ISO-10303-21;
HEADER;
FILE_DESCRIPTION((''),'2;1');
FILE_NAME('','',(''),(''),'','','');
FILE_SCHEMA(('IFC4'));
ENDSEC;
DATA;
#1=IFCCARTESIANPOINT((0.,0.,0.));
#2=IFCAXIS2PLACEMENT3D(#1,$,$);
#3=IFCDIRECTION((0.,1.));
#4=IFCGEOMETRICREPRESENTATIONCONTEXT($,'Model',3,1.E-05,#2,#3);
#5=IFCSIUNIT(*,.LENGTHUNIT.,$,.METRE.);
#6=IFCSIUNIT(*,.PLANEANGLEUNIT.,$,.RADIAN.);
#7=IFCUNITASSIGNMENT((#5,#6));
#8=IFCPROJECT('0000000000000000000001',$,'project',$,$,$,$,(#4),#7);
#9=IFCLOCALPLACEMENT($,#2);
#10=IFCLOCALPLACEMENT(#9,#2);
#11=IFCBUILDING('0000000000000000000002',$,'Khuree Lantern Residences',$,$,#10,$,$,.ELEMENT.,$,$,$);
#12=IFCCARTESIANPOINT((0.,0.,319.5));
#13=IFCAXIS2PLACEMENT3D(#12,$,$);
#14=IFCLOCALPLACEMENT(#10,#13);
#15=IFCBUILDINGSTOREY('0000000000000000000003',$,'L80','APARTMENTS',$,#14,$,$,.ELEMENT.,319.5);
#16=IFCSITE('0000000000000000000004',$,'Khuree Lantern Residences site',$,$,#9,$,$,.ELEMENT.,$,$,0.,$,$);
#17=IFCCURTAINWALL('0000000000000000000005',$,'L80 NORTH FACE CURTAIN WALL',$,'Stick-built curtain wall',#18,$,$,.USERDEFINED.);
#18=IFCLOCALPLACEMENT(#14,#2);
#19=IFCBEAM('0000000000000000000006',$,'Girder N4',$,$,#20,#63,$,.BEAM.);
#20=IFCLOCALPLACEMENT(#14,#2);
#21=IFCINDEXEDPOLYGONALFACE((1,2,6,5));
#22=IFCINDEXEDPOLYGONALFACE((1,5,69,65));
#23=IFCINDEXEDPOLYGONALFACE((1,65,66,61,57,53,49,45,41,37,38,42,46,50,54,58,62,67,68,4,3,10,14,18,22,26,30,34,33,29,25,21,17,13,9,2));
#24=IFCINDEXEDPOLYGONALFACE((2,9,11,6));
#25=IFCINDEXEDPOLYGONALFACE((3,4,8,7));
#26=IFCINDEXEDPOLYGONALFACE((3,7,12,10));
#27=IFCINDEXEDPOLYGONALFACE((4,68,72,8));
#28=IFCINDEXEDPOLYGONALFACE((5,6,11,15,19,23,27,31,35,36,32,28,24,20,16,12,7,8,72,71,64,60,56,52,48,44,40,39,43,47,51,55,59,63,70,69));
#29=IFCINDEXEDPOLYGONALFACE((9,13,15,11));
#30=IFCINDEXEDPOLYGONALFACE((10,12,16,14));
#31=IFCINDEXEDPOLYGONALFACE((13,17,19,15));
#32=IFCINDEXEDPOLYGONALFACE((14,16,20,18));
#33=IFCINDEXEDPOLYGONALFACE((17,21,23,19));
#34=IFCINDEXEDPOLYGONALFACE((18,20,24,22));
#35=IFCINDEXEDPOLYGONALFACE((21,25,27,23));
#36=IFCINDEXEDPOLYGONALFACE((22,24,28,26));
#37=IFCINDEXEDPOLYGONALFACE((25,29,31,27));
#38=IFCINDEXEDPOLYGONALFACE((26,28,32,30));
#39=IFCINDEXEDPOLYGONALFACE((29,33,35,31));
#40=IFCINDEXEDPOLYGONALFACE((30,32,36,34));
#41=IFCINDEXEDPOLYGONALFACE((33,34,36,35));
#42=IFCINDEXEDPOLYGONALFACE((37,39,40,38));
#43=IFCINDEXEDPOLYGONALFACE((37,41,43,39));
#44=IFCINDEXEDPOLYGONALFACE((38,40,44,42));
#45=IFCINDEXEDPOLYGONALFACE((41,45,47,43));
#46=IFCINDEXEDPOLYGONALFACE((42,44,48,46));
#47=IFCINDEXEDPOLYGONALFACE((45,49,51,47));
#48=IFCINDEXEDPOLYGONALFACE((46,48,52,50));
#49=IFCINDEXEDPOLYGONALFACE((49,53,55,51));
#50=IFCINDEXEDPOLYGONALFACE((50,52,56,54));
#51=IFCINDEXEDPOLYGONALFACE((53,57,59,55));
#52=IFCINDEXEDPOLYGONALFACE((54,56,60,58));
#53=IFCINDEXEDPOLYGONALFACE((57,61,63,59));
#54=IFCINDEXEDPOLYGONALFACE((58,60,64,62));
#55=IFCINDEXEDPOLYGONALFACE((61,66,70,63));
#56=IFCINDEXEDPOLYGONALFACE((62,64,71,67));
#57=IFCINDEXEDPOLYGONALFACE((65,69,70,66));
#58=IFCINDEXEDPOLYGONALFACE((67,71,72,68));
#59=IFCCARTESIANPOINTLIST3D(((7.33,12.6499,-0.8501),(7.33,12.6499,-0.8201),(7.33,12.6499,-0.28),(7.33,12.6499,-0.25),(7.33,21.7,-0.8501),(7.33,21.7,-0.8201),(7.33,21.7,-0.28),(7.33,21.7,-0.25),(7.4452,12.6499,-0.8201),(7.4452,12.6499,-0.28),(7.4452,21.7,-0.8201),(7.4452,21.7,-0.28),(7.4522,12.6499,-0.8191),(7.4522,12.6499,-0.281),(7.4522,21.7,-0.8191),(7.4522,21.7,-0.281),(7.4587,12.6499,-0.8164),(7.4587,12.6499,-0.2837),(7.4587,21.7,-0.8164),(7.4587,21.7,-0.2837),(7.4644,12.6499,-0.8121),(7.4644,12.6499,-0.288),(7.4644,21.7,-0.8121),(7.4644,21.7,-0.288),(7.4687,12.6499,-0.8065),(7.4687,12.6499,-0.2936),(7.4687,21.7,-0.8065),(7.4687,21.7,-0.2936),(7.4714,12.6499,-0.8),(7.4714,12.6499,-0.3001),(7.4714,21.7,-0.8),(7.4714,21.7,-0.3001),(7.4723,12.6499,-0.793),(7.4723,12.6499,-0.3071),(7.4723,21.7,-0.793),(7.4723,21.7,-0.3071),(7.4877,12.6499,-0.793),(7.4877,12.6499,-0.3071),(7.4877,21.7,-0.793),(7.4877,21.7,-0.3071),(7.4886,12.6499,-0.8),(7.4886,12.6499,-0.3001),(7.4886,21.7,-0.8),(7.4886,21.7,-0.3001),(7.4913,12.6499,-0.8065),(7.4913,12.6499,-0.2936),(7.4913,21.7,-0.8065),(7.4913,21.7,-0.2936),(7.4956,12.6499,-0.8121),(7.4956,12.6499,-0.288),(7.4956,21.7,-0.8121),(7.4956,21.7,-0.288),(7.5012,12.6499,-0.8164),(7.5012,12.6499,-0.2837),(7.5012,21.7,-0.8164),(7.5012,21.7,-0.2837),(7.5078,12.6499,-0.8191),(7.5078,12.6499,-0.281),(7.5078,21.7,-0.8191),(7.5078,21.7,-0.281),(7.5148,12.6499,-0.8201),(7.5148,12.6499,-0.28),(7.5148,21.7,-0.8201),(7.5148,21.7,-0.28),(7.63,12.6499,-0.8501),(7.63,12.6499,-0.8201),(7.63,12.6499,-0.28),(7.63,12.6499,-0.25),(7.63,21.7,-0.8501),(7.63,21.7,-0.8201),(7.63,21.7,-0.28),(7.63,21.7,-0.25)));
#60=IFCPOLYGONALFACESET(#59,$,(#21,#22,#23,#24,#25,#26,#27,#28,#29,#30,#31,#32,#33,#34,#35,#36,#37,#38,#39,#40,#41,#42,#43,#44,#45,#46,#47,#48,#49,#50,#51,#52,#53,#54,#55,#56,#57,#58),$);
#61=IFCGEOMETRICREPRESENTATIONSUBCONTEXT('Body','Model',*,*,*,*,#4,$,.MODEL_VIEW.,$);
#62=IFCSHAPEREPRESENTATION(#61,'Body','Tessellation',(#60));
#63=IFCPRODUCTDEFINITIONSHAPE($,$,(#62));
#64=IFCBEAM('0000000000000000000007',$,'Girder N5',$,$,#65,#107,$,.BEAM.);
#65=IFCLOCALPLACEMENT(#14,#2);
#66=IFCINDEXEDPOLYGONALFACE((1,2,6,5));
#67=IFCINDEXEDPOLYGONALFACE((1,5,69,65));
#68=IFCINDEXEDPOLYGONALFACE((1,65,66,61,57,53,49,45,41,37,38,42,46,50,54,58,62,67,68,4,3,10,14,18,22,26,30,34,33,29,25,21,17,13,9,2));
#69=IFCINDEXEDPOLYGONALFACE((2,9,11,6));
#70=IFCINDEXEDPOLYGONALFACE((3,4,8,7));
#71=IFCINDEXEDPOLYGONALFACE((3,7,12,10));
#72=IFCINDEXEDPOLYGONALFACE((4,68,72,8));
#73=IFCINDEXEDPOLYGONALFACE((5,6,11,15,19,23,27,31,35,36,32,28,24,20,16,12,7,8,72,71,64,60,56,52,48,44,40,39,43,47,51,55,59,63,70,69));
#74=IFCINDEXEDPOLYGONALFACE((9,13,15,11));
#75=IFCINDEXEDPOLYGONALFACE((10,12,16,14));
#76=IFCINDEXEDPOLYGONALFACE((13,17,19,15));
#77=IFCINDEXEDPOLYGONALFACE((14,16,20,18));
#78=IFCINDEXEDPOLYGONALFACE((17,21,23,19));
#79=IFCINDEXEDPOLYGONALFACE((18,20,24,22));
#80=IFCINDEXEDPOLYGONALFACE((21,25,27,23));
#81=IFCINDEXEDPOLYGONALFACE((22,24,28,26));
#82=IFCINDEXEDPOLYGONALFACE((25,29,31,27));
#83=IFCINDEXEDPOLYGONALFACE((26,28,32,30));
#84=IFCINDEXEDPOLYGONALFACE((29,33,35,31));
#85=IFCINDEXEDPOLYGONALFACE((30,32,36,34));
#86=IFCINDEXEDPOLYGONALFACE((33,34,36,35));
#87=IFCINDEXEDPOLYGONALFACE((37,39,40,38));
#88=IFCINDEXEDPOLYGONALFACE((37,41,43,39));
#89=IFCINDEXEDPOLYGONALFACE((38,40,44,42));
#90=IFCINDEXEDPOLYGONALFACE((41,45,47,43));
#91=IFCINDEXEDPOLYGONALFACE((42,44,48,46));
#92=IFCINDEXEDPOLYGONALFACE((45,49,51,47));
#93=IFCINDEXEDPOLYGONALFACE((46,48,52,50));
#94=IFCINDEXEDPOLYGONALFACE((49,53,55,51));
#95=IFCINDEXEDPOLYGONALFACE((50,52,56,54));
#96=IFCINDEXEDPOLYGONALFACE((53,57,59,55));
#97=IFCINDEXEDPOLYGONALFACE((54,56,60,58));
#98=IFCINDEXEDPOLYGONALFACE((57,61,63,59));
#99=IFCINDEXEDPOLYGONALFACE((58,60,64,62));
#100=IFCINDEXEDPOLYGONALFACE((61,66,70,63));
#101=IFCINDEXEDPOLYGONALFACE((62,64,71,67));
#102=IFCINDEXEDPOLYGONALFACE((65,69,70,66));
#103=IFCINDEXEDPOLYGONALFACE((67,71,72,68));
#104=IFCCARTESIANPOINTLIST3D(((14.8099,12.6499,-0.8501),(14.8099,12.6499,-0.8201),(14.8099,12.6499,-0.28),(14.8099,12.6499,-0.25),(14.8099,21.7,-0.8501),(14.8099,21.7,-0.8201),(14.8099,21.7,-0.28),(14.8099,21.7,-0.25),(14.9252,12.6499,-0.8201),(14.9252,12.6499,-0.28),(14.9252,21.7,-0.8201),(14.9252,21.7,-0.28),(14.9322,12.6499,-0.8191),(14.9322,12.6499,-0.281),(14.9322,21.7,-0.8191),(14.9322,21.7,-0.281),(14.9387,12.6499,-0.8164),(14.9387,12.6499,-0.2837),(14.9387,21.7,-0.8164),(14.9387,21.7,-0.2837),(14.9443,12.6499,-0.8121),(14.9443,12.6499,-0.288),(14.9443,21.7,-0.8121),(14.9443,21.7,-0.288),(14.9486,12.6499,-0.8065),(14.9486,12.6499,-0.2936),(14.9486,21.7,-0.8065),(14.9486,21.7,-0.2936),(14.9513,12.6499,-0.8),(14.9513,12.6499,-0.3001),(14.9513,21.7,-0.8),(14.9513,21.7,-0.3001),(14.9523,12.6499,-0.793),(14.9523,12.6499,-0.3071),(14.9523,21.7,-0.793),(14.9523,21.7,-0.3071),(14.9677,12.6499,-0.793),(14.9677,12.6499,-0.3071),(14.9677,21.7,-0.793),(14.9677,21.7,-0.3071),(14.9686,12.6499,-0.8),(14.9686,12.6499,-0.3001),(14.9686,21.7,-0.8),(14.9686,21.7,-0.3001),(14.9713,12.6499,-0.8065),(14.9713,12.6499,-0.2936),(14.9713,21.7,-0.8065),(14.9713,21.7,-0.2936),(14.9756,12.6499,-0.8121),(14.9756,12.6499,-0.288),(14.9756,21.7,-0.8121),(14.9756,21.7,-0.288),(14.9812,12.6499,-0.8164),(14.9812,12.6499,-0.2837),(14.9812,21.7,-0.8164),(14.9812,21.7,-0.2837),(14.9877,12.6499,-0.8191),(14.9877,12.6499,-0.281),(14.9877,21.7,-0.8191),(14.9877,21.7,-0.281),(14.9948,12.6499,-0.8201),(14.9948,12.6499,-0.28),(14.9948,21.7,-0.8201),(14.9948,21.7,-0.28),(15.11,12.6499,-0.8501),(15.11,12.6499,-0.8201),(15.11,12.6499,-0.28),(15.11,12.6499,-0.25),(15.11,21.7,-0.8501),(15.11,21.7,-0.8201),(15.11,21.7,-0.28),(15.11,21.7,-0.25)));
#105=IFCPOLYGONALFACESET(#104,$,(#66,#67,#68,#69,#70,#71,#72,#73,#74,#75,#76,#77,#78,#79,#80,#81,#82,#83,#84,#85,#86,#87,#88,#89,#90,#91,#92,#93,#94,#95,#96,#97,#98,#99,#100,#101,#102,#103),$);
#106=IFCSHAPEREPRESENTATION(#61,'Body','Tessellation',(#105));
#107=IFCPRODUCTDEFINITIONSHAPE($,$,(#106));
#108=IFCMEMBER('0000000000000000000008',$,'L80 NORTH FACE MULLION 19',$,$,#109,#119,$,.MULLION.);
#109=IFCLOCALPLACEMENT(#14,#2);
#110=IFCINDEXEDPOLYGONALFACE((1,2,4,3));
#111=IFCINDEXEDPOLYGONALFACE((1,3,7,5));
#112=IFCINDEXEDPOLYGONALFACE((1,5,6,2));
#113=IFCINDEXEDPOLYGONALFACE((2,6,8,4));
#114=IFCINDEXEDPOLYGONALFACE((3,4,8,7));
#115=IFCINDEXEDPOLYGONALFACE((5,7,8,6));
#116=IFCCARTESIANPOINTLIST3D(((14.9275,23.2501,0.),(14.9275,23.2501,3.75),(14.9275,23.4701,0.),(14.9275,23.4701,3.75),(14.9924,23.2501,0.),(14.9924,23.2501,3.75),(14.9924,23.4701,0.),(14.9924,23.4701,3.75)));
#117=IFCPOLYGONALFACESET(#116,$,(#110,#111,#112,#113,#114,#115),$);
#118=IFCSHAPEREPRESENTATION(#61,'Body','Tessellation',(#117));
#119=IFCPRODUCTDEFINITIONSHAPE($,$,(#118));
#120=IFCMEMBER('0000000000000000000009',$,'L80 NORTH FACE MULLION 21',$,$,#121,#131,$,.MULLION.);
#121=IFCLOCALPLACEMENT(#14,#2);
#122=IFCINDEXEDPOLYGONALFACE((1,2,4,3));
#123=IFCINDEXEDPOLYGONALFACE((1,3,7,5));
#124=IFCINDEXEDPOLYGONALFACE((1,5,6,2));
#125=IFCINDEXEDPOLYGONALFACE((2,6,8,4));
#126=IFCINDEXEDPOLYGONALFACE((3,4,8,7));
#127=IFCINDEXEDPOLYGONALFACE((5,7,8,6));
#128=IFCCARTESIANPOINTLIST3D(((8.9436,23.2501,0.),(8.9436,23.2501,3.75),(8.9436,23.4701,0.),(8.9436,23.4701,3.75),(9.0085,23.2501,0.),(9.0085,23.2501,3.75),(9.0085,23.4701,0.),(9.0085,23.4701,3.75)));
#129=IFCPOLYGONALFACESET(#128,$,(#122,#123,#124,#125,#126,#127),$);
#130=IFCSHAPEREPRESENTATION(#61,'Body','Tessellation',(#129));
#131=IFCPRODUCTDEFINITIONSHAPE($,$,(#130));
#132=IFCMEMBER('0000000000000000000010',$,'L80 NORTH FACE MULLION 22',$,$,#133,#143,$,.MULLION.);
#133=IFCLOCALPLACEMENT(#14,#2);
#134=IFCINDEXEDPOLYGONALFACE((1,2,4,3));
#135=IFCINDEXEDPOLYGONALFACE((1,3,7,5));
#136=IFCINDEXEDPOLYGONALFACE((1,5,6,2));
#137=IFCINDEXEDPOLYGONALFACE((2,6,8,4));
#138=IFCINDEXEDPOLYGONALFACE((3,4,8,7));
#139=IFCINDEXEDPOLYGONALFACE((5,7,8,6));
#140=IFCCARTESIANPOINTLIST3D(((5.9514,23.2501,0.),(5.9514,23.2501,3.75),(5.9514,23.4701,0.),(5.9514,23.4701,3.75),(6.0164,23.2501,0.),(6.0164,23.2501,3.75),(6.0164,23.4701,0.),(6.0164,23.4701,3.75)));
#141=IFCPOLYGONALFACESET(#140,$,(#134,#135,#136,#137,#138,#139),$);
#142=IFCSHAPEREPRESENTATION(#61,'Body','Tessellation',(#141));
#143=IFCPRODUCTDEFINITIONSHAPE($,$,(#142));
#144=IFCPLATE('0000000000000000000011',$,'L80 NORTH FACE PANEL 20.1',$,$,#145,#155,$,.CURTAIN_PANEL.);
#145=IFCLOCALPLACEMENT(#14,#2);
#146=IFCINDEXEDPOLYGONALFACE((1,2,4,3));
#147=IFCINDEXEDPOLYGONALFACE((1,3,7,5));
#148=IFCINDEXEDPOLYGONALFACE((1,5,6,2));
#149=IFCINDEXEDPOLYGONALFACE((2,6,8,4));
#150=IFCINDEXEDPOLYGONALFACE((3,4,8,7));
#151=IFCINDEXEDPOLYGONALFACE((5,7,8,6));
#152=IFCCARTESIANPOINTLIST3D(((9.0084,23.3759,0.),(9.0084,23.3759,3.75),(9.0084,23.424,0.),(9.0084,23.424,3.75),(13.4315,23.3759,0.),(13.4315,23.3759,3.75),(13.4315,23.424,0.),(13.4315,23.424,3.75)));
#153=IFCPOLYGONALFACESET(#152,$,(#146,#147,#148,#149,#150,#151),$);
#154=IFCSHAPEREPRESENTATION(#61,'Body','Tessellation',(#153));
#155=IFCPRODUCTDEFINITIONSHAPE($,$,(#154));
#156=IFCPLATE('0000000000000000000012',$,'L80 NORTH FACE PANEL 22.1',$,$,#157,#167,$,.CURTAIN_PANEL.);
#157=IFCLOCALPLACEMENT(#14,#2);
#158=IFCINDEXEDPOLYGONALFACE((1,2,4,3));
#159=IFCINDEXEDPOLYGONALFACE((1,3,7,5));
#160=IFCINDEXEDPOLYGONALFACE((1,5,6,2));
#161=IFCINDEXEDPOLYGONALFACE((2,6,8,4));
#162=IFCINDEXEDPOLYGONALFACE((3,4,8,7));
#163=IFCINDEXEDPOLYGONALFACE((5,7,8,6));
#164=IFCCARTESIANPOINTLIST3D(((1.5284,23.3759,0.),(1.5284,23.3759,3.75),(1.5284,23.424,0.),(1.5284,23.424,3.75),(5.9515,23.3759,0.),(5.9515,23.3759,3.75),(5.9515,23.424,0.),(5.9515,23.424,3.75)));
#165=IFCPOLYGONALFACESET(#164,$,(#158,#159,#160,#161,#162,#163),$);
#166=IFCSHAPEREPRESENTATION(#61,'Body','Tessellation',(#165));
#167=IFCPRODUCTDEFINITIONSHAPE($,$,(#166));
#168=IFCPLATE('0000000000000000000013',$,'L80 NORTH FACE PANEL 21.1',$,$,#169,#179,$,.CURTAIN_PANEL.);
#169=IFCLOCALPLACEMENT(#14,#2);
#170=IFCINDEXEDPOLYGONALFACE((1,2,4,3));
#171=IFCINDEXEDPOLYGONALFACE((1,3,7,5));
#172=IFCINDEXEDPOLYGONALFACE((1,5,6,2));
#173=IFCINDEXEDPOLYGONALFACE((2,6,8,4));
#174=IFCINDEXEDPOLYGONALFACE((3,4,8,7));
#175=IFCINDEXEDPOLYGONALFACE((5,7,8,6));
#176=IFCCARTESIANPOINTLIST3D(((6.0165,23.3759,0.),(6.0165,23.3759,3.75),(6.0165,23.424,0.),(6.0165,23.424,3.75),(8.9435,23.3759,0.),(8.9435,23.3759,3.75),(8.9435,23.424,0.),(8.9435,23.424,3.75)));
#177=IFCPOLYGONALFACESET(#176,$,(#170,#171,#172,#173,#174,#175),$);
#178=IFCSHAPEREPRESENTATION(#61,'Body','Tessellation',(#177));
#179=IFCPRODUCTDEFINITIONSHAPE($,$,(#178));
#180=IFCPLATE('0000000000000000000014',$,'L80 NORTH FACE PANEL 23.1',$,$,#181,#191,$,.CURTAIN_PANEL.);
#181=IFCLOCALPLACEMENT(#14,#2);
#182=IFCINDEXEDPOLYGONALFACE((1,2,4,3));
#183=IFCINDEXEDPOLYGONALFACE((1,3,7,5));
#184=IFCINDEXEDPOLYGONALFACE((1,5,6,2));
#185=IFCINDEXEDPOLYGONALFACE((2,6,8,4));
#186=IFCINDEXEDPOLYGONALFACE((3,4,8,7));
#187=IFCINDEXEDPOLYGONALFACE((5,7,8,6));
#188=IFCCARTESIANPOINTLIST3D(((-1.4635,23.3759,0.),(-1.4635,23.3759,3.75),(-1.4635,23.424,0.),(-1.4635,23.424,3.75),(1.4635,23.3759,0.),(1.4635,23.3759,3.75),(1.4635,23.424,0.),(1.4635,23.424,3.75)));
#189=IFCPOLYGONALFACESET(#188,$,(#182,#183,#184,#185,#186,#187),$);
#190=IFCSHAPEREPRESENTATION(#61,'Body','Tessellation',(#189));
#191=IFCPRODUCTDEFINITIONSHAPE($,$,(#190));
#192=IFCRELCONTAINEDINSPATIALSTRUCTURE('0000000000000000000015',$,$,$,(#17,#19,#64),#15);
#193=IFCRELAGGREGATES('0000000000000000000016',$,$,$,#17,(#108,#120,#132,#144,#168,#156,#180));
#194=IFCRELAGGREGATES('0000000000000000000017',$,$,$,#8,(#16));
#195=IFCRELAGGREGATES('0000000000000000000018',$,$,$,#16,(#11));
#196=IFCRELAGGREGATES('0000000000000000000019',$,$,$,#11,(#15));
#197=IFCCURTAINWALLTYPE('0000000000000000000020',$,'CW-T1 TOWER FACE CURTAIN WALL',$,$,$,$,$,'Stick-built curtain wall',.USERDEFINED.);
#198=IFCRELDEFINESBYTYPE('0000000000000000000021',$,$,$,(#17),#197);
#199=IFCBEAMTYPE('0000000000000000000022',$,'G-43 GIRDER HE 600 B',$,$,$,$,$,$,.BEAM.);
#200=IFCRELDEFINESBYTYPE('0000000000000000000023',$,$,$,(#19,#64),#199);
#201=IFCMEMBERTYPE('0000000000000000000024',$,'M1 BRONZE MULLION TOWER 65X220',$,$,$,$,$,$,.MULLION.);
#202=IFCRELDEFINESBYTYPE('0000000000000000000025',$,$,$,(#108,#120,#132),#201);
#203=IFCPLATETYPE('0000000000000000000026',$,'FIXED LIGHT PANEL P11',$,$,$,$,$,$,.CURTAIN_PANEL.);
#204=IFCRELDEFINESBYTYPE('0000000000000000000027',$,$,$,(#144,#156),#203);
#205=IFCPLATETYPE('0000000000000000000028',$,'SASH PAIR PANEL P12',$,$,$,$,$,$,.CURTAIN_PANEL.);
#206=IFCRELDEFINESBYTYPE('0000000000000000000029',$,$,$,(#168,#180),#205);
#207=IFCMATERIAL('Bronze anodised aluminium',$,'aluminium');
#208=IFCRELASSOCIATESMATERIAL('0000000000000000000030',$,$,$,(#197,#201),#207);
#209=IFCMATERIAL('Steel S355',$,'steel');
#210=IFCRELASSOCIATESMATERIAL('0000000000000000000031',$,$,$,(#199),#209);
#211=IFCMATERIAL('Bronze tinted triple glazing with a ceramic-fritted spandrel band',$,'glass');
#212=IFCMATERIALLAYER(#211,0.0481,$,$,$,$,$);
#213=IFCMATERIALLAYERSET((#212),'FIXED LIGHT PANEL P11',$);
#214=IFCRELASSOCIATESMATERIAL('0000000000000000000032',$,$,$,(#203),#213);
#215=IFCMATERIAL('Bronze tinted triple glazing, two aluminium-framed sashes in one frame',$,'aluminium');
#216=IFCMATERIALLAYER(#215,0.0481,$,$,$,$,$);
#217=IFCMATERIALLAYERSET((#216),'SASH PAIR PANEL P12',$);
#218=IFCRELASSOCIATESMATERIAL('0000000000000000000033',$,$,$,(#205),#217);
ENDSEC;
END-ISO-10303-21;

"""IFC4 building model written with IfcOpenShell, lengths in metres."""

from ifc_helpers import new_model, si_unit, direction, frame, origin, origin_2d, place, context, subcontext, project, spatial, rectangle, i_section, extrude, material, layer, layer_set, material_profile, profile_set, type_object, element, aggregate, save


model = new_model("IFC4")

# Units and contexts
model_context = context("Model", 3, precision=1e-05, world=origin(), true_north=direction((0.0, 1.0)))
body_context = subcontext(model_context, "Body", "Model", "MODEL_VIEW")
ifc_project = project(units=[si_unit("LENGTHUNIT", "METRE"), si_unit("PLANEANGLEUNIT", "RADIAN")], contexts=[model_context])

# Site, building, storey
site_placement = place(None, origin())
site = spatial("IfcSite", under=ifc_project, at=site_placement, Name="Khuree Lantern Residences site", CompositionType="ELEMENT", RefElevation=0.0)
building_placement = place(site_placement, origin())
building = spatial("IfcBuilding", under=site, at=building_placement, Name="Khuree Lantern Residences", CompositionType="ELEMENT")
storey_placement = place(building_placement, frame((0.0, 0.0, 319.5)))
storey = spatial("IfcBuildingStorey", under=building, at=storey_placement, Name="L80", Description="APARTMENTS", CompositionType="ELEMENT", Elevation=319.5)

# Shared definitions
ifc_material_1 = material(Name="Steel S355", Category="steel")

# Curtain wall
ifc_material_2 = material(Name="Bronze anodised aluminium", Category="aluminium")
curtain_wall_type = type_object("IfcCurtainWallType", Name="CW-T1 TOWER FACE CURTAIN WALL", ElementType="Stick-built curtain wall", PredefinedType="USERDEFINED", material=ifc_material_2)
curtain_wall_placement = place(storey_placement, origin())
curtain_wall = element("IfcCurtainWall", 1, at=curtain_wall_placement, inside=storey, type_object=curtain_wall_type, Name="L80 NORTH FACE CURTAIN WALL", ObjectType="Stick-built curtain wall", PredefinedType="USERDEFINED")

# Beams
ifc_material_profile_1 = material_profile(ifc_material_1, i_section(OverallWidth=0.3, OverallDepth=0.6001, WebThickness=0.0154, FlangeThickness=0.03, FilletRadius=0.0271, at=origin_2d()), Name="HE 600 B")
ifc_profile_set_1 = profile_set([ifc_material_profile_1], Name="Steel S355")
beam_type_1 = type_object("IfcBeamType", Name="G-43 GIRDER HE 600 B", PredefinedType="BEAM", material=ifc_profile_set_1)
for number, where, z_axis, x_axis, name in (
    (2, (7.48, 21.7, -0.55), (0.0, -1.0, 0.0), (1.0, 0.0, 0.0), "Girder N4"),
    (3, (14.96, 21.7, -0.55), (0.0, -1.0, 0.0), (1.0, 0.0, 0.0), "Girder N5"),
):
    element("IfcBeam", number, at=place(storey_placement, frame(where, z_axis=z_axis, x_axis=x_axis)), inside=storey, type_object=beam_type_1, Name=name, PredefinedType="BEAM", context=body_context, shape_type="SweptSolid", body=[
        extrude(i_section(OverallWidth=0.3, OverallDepth=0.6001, WebThickness=0.0154, FlangeThickness=0.03, FilletRadius=0.0271, at=origin_2d()), origin(), (0.0, 0.0, 1.0), 9.05),
    ])

# Members
ifc_material_profile_2 = material_profile(ifc_material_2, rectangle(XDim=0.0649, YDim=0.22, at=origin_2d()), Name="M1 65X220")
ifc_profile_set_2 = profile_set([ifc_material_profile_2], Name="Bronze anodised aluminium")
member_type_1 = type_object("IfcMemberType", Name="M1 BRONZE MULLION TOWER 65X220", PredefinedType="MULLION", material=ifc_profile_set_2)
member_1_placement = place(storey_placement, frame((14.96, 23.3601, 0.0), z_axis=(0.0, 0.0, 1.0), x_axis=(-1.0, 0.0, 0.0)))
member_1 = element("IfcMember", 4, at=member_1_placement, type_object=member_type_1, Name="L80 NORTH FACE MULLION 19", PredefinedType="MULLION", context=body_context, shape_type="SweptSolid", body=[
    extrude(rectangle(XDim=0.0649, YDim=0.22, at=origin_2d()), origin(), (0.0, 0.0, 1.0), 3.75),
])
member_2_placement = place(storey_placement, frame((8.9761, 23.3601, 0.0), z_axis=(0.0, 0.0, 1.0), x_axis=(-1.0, 0.0, 0.0)))
member_2 = element("IfcMember", 5, at=member_2_placement, type_object=member_type_1, Name="L80 NORTH FACE MULLION 21", PredefinedType="MULLION", context=body_context, shape_type="SweptSolid", body=[
    extrude(rectangle(XDim=0.0649, YDim=0.22, at=origin_2d()), origin(), (0.0, 0.0, 1.0), 3.75),
])
member_3_placement = place(storey_placement, frame((5.9839, 23.3601, 0.0), z_axis=(0.0, 0.0, 1.0), x_axis=(-1.0, 0.0, 0.0)))
member_3 = element("IfcMember", 6, at=member_3_placement, type_object=member_type_1, Name="L80 NORTH FACE MULLION 22", PredefinedType="MULLION", context=body_context, shape_type="SweptSolid", body=[
    extrude(rectangle(XDim=0.0649, YDim=0.22, at=origin_2d()), origin(), (0.0, 0.0, 1.0), 3.75),
])

# Plates
ifc_material_3 = material(Name="Bronze tinted triple glazing with a ceramic-fritted spandrel band", Category="glass")
ifc_layer_1 = layer(ifc_material_3, 0.0481)
ifc_layer_set_1 = layer_set([ifc_layer_1], Name="FIXED LIGHT PANEL P11")
plate_type_1 = type_object("IfcPlateType", Name="FIXED LIGHT PANEL P11", PredefinedType="CURTAIN_PANEL", material=ifc_layer_set_1)
plate_1_placement = place(storey_placement, frame((11.22, 23.3999, 0.0), z_axis=(0.0, 0.0, 1.0), x_axis=(-1.0, 0.0, 0.0)))
plate_1 = element("IfcPlate", 7, at=plate_1_placement, type_object=plate_type_1, Name="L80 NORTH FACE PANEL 20.1", PredefinedType="CURTAIN_PANEL", context=body_context, shape_type="SweptSolid", body=[
    extrude(rectangle(XDim=4.4231, YDim=0.0481, at=origin_2d()), origin(), (0.0, 0.0, 1.0), 3.75),
])
plate_2_placement = place(storey_placement, frame((3.74, 23.3999, 0.0), z_axis=(0.0, 0.0, 1.0), x_axis=(-1.0, 0.0, 0.0)))
plate_2 = element("IfcPlate", 8, at=plate_2_placement, type_object=plate_type_1, Name="L80 NORTH FACE PANEL 22.1", PredefinedType="CURTAIN_PANEL", context=body_context, shape_type="SweptSolid", body=[
    extrude(rectangle(XDim=4.4231, YDim=0.0481, at=origin_2d()), origin(), (0.0, 0.0, 1.0), 3.75),
])
ifc_material_4 = material(Name="Bronze tinted triple glazing, two aluminium-framed sashes in one frame", Category="aluminium")
ifc_layer_2 = layer(ifc_material_4, 0.0481)
ifc_layer_set_2 = layer_set([ifc_layer_2], Name="SASH PAIR PANEL P12")
plate_type_2 = type_object("IfcPlateType", Name="SASH PAIR PANEL P12", PredefinedType="CURTAIN_PANEL", material=ifc_layer_set_2)
plate_3_placement = place(storey_placement, frame((7.48, 23.3999, 0.0), z_axis=(0.0, 0.0, 1.0), x_axis=(-1.0, 0.0, 0.0)))
plate_3 = element("IfcPlate", 9, at=plate_3_placement, type_object=plate_type_2, Name="L80 NORTH FACE PANEL 21.1", PredefinedType="CURTAIN_PANEL", context=body_context, shape_type="SweptSolid", body=[
    extrude(rectangle(XDim=2.927, YDim=0.0481, at=origin_2d()), origin(), (0.0, 0.0, 1.0), 3.75),
])
plate_4_placement = place(storey_placement, frame((0.0, 23.3999, 0.0), z_axis=(0.0, 0.0, 1.0), x_axis=(-1.0, 0.0, 0.0)))
plate_4 = element("IfcPlate", 10, at=plate_4_placement, type_object=plate_type_2, Name="L80 NORTH FACE PANEL 23.1", PredefinedType="CURTAIN_PANEL", context=body_context, shape_type="SweptSolid", body=[
    extrude(rectangle(XDim=2.927, YDim=0.0481, at=origin_2d()), origin(), (0.0, 0.0, 1.0), 3.75),
])
aggregate(curtain_wall, [member_1, member_2, member_3, plate_1, plate_3, plate_2, plate_4])

save(model, "model.ifc")
